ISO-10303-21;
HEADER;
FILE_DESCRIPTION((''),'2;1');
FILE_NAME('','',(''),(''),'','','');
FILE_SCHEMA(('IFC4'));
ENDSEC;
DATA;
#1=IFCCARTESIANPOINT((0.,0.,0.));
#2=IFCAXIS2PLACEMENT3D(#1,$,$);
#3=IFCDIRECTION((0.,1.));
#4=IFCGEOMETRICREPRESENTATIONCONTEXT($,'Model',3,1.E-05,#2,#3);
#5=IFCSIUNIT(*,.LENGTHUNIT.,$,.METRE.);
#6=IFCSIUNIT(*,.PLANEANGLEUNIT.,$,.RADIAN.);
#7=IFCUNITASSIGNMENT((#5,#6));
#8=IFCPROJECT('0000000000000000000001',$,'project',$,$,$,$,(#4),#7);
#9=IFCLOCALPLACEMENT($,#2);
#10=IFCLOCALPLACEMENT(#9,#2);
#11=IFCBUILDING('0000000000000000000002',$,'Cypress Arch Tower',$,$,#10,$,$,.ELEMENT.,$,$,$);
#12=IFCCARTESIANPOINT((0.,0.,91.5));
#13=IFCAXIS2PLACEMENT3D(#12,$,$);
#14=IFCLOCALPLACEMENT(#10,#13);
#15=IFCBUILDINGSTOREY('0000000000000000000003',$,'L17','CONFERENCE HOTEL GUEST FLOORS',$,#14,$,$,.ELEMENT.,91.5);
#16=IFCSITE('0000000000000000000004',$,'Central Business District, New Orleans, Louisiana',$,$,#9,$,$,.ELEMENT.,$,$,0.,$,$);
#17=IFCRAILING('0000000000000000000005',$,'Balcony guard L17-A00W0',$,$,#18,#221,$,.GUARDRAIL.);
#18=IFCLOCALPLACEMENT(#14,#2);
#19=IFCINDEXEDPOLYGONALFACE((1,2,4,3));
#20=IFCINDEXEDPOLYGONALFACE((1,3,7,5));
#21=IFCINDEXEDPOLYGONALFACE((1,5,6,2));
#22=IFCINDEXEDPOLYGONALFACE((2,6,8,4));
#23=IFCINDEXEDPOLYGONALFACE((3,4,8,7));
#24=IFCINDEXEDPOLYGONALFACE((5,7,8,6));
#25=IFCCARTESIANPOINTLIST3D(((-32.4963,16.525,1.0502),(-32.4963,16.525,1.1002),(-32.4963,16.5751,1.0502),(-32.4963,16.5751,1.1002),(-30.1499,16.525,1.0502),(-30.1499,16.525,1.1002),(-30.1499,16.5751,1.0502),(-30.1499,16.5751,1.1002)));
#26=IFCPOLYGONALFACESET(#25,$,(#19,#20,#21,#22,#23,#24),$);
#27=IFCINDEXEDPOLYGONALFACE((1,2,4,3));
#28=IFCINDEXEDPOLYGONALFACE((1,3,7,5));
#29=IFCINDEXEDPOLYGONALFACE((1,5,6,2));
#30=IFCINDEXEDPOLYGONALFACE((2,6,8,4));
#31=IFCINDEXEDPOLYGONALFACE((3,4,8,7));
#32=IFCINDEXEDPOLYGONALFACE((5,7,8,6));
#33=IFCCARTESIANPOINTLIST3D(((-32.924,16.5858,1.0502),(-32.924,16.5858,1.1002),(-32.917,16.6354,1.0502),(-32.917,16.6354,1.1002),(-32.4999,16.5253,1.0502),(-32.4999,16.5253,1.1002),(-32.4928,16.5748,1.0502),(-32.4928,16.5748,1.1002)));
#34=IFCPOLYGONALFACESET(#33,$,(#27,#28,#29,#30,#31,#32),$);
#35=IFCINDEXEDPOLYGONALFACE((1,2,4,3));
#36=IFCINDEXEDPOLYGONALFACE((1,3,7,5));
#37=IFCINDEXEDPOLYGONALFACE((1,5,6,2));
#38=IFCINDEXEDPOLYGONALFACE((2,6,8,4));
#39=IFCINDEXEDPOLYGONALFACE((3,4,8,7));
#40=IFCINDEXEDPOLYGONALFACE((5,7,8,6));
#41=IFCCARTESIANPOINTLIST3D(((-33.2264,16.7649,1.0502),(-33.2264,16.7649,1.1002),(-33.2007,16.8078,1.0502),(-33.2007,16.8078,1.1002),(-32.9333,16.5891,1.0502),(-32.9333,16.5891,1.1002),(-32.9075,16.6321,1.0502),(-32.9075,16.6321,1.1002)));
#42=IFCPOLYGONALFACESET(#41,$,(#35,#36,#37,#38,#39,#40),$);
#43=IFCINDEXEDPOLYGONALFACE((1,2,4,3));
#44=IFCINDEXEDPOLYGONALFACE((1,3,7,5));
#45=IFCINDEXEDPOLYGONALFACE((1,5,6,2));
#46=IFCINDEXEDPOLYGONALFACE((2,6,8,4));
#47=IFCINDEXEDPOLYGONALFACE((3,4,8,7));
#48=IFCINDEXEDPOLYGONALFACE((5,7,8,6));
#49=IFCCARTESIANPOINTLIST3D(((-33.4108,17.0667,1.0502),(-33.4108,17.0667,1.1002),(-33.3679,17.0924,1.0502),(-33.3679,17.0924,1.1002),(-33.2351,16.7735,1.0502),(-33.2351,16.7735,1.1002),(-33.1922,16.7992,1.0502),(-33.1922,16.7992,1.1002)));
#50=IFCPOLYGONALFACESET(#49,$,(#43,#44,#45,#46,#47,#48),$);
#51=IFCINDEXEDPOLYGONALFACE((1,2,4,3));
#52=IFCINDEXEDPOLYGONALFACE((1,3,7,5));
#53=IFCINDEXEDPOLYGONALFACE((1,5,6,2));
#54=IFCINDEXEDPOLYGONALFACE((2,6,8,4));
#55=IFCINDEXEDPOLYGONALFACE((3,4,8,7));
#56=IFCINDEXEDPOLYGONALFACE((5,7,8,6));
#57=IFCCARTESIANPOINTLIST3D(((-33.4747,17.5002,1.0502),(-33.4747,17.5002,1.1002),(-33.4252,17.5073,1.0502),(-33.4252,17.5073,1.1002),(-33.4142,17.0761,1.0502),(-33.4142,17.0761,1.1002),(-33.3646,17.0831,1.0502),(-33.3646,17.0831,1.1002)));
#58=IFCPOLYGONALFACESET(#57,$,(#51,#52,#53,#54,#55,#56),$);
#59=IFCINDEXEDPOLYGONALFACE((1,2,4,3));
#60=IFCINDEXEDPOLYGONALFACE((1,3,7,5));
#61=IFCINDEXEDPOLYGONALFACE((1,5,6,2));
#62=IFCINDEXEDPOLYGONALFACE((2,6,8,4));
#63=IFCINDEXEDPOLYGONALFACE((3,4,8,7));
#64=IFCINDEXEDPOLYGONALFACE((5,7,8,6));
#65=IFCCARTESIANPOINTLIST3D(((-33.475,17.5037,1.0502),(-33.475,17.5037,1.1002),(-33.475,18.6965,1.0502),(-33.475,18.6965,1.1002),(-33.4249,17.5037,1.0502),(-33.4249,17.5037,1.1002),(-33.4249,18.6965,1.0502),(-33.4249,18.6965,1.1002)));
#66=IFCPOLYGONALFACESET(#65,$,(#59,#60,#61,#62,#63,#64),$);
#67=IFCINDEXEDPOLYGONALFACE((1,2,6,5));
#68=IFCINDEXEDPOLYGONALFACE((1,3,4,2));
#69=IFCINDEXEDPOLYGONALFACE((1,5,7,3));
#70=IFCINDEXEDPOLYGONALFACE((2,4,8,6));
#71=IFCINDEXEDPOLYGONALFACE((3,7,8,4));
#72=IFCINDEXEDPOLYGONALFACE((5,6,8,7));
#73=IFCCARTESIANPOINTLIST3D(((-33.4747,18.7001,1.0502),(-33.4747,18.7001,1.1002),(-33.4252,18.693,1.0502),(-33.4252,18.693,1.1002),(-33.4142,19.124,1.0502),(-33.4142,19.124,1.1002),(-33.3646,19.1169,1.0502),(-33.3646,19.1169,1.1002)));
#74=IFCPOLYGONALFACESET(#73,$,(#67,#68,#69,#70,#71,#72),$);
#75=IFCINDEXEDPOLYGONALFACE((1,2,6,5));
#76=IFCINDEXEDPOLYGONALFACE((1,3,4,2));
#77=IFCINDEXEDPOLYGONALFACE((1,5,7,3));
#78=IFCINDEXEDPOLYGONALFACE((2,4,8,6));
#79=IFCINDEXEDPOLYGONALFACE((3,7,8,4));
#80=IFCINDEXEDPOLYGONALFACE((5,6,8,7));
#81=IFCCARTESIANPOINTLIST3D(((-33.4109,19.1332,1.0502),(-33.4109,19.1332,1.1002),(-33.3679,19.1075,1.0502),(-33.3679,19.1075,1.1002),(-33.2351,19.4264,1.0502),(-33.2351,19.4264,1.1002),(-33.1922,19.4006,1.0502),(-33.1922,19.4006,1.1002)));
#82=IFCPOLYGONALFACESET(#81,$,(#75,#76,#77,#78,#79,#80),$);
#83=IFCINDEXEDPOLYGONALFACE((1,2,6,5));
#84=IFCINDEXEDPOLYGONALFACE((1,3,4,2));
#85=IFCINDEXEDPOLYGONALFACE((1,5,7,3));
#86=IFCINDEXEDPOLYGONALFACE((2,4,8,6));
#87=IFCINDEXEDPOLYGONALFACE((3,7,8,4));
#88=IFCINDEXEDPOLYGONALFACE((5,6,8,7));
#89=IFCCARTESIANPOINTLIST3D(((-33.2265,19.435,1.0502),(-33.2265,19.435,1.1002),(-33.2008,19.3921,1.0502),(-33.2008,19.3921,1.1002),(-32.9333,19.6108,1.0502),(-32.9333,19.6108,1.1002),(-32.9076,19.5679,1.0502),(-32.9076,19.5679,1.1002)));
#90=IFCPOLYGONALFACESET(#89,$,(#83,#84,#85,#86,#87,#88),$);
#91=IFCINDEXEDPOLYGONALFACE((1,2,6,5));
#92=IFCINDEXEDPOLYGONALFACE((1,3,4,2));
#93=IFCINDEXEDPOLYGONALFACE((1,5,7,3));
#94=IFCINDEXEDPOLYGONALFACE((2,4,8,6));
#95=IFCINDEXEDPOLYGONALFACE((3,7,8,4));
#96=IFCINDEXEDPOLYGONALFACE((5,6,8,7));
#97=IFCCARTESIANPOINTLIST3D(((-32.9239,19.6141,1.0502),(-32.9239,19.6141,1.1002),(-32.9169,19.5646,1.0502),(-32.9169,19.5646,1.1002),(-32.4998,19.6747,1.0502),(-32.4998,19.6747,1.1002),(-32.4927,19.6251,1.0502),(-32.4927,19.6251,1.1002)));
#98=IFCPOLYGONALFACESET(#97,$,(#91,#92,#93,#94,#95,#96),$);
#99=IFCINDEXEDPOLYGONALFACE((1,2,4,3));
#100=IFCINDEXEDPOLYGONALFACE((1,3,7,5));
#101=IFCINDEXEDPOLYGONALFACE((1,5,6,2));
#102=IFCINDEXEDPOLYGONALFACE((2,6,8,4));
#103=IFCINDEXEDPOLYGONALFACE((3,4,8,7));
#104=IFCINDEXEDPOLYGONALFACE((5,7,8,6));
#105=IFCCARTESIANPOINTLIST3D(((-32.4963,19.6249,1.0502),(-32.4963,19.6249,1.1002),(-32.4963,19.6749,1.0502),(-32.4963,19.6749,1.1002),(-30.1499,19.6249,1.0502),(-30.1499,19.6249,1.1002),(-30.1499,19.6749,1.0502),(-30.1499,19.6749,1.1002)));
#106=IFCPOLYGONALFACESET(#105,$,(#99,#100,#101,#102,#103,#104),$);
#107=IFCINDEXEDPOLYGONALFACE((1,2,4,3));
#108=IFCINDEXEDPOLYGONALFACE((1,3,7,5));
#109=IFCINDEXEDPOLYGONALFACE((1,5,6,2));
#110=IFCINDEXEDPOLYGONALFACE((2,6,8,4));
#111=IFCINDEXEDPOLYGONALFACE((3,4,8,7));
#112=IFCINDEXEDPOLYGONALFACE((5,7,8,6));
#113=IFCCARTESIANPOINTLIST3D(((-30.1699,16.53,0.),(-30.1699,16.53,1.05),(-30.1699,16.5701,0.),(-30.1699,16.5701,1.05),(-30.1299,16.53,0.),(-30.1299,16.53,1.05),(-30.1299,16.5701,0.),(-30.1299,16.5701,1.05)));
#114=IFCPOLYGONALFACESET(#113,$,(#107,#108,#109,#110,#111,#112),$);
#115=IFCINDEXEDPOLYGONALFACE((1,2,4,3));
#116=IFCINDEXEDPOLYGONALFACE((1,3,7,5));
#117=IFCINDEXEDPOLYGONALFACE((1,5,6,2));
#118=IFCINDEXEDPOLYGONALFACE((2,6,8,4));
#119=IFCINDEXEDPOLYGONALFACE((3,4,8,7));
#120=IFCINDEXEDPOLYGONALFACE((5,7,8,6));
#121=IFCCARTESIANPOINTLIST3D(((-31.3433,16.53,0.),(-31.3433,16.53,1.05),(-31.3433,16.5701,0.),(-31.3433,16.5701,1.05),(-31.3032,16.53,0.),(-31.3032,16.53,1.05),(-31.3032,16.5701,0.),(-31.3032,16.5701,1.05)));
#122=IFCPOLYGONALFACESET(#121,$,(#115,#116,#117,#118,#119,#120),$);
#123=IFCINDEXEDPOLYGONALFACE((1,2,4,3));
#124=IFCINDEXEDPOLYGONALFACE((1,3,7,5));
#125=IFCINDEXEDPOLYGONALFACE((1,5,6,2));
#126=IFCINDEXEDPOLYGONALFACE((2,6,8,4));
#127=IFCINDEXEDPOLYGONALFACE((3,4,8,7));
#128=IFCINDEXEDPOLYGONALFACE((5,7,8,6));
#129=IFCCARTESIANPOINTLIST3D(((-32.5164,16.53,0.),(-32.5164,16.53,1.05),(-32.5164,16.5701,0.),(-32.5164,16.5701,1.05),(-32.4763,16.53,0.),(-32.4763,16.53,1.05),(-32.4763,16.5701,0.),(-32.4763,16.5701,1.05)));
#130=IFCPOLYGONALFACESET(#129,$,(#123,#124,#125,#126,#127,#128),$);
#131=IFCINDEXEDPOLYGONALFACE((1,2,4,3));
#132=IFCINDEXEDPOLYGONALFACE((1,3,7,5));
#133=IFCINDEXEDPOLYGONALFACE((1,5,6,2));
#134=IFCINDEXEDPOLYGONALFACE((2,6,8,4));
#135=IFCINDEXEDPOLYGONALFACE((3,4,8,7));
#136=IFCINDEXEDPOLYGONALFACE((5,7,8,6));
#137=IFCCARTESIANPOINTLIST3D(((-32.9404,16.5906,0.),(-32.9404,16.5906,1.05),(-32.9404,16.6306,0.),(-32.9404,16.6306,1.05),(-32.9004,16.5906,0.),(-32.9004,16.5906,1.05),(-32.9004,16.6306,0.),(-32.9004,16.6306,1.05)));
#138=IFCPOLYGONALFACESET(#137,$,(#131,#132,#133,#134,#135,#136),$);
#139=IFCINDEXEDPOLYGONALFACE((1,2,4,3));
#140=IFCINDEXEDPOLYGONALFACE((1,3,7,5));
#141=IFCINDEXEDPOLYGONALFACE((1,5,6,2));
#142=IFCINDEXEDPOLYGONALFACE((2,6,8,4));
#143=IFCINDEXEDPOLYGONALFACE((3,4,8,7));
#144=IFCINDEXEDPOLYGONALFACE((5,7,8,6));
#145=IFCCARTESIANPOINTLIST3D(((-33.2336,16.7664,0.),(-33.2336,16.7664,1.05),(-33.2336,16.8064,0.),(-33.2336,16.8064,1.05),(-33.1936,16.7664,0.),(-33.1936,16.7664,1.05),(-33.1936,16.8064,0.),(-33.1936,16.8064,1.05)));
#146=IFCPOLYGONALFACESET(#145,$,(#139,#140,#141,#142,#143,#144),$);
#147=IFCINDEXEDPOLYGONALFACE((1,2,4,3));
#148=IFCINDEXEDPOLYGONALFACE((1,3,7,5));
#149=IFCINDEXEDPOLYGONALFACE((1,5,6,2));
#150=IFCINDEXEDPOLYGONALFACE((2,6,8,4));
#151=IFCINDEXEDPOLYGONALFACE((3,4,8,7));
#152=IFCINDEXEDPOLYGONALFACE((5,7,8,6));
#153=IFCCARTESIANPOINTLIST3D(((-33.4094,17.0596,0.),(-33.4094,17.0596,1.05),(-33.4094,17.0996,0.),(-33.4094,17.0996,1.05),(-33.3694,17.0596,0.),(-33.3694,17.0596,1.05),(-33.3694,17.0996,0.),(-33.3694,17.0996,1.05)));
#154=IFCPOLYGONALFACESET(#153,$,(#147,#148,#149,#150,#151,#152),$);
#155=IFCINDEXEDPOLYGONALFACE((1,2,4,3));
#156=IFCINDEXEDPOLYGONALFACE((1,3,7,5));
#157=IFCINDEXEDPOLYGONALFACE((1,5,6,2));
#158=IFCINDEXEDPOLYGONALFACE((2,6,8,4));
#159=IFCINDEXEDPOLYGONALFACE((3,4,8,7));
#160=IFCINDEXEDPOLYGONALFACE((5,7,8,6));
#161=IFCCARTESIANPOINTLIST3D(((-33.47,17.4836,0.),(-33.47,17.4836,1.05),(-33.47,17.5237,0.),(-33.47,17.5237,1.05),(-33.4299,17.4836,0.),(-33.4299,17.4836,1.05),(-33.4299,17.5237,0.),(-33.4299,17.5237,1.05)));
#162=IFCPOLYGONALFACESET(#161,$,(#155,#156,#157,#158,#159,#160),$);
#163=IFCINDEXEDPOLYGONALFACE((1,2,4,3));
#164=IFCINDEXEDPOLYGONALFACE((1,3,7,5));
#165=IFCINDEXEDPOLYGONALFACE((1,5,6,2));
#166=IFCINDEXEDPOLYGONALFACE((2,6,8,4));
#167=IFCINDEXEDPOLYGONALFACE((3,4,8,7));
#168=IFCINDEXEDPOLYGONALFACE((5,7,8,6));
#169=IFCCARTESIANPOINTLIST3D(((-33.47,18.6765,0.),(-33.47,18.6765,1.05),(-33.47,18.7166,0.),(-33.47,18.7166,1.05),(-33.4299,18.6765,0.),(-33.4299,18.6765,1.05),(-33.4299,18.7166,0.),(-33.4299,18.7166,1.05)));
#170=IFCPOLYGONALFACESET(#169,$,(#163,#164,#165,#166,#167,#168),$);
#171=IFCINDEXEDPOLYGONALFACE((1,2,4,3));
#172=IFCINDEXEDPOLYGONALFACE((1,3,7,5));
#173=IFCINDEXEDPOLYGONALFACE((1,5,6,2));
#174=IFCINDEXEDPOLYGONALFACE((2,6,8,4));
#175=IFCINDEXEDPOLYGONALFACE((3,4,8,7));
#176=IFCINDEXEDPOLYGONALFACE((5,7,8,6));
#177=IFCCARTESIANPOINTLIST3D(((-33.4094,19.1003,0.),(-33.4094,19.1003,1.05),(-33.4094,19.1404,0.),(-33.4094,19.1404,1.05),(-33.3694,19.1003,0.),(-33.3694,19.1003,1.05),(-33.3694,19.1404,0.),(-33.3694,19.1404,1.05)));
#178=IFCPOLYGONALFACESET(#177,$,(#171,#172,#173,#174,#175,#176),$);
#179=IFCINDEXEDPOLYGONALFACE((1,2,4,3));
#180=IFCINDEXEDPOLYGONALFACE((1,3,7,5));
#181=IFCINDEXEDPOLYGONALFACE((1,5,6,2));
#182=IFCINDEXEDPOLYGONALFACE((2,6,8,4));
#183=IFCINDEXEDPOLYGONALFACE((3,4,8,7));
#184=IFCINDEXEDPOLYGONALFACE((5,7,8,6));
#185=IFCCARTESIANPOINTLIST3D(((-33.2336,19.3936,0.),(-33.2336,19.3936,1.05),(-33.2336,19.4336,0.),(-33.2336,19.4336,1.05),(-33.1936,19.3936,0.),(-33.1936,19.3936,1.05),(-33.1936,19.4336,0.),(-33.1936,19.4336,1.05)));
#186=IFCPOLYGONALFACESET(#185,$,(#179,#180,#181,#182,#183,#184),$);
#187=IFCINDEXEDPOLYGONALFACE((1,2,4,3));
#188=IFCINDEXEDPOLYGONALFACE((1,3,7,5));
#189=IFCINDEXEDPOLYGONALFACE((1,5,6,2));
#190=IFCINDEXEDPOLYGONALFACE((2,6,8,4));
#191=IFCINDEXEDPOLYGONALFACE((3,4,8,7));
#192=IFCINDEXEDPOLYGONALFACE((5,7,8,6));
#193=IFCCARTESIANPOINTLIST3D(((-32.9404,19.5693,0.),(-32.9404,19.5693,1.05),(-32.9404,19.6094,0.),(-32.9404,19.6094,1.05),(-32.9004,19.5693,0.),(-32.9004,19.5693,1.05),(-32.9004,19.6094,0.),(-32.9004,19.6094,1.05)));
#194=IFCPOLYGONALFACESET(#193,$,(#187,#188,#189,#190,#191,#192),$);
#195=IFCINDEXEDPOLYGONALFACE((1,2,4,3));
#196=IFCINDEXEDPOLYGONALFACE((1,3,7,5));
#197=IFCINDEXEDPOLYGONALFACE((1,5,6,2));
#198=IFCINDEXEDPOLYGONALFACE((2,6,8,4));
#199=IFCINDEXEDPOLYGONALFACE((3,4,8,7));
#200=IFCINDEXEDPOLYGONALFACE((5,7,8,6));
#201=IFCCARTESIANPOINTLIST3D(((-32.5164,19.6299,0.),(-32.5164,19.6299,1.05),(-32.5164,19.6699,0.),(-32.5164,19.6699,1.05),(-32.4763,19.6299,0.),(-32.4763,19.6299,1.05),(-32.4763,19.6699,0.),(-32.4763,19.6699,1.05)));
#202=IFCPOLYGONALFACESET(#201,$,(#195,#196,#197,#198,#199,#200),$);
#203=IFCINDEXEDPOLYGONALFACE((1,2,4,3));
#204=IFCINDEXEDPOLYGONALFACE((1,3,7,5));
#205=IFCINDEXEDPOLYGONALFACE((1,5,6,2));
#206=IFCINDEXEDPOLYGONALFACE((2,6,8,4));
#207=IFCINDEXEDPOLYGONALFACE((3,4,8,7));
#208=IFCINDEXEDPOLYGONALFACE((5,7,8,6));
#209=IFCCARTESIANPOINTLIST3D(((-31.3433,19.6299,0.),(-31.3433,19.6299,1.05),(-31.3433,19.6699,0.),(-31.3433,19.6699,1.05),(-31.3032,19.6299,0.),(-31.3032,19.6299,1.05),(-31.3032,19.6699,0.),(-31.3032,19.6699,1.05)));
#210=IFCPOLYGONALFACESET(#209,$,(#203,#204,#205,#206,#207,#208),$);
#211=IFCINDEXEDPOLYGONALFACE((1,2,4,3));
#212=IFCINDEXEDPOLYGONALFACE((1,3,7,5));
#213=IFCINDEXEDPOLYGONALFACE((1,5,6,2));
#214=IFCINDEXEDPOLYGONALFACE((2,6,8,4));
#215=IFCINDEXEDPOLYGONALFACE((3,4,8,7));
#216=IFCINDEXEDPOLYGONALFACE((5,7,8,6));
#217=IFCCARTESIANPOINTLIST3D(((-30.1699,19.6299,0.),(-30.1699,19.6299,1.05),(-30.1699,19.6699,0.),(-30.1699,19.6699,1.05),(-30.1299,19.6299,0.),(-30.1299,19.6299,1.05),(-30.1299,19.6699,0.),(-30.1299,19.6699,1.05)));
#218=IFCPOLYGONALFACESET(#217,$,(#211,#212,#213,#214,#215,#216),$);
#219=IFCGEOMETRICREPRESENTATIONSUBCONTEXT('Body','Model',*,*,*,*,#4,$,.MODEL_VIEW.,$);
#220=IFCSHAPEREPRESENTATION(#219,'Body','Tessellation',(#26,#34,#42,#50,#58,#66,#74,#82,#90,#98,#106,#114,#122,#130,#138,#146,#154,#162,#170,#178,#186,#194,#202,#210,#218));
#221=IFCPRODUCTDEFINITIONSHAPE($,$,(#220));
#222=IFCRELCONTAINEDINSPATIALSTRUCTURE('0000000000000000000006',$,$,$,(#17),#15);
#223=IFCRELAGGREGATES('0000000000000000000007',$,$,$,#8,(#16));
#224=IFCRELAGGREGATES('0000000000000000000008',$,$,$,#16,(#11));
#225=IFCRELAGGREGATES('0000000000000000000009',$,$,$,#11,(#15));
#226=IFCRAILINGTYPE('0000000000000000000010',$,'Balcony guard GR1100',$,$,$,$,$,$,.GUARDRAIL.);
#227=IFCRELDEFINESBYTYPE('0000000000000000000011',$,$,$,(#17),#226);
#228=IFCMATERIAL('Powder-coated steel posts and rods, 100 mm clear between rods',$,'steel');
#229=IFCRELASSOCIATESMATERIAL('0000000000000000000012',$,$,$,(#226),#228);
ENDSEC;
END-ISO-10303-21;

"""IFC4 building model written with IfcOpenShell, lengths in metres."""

from ifc_helpers import new_model, si_unit, direction, frame, origin, origin_2d, place, context, subcontext, project, spatial, rectangle, extrude, material, type_object, element, save


model = new_model("IFC4")

# Units and contexts
model_context = context("Model", 3, precision=1e-05, world=origin(), true_north=direction((0.0, 1.0)))
body_context = subcontext(model_context, "Body", "Model", "MODEL_VIEW")
ifc_project = project(units=[si_unit("LENGTHUNIT", "METRE"), si_unit("PLANEANGLEUNIT", "RADIAN")], contexts=[model_context])

# Site, building, storey
site_placement = place(None, origin())
site = spatial("IfcSite", under=ifc_project, at=site_placement, Name="Central Business District, New Orleans, Louisiana", CompositionType="ELEMENT", RefElevation=0.0)
building_placement = place(site_placement, origin())
building = spatial("IfcBuilding", under=site, at=building_placement, Name="Cypress Arch Tower", CompositionType="ELEMENT")
storey_placement = place(building_placement, frame((0.0, 0.0, 91.5)))
storey = spatial("IfcBuildingStorey", under=building, at=storey_placement, Name="L17", Description="CONFERENCE HOTEL GUEST FLOORS", CompositionType="ELEMENT", Elevation=91.5)

# Railing
ifc_material_1 = material(Name="Powder-coated steel posts and rods, 100 mm clear between rods", Category="steel")
railing_type_1 = type_object("IfcRailingType", Name="Balcony guard GR1100", PredefinedType="GUARDRAIL", material=ifc_material_1)
railing_1_placement = place(storey_placement, frame((-30.1499, 16.55, 0.0)))
element("IfcRailing", 1, at=railing_1_placement, inside=storey, type_object=railing_type_1, Name="Balcony guard L17-A00W0", PredefinedType="GUARDRAIL", context=body_context, shape_type="SweptSolid", body=[
    extrude(rectangle(XDim=0.05, YDim=0.05, at=origin_2d()), frame((0.0, 0.0, 1.0752), z_axis=(-1.0, 0.0, 0.0), x_axis=(0.0, -1.0, 0.0)), (0.0, 0.0, 1.0), 2.3464),
    extrude(rectangle(XDim=0.05, YDim=0.05, at=origin_2d()), frame((-2.3464, 0.0, 1.0752), z_axis=(-0.989961, 0.141342, 0.0), x_axis=(-0.141342, -0.989961, 0.0)), (0.0, 0.0, 1.0), 0.4285),
    extrude(rectangle(XDim=0.05, YDim=0.05, at=origin_2d()), frame((-2.7705, 0.0605, 1.0752), z_axis=(-0.857682, 0.514181, 0.0), x_axis=(-0.514181, -0.857682, 0.0)), (0.0, 0.0, 1.0), 0.3418),
    extrude(rectangle(XDim=0.05, YDim=0.05, at=origin_2d()), frame((-3.0637, 0.2363, 1.0752), z_axis=(-0.514181, 0.857682, 0.0), x_axis=(-0.857682, -0.514181, 0.0)), (0.0, 0.0, 1.0), 0.3418),
    extrude(rectangle(XDim=0.05, YDim=0.05, at=origin_2d()), frame((-3.2395, 0.5295, 1.0752), z_axis=(-0.141342, 0.989961, 0.0), x_axis=(-0.989961, -0.141342, 0.0)), (0.0, 0.0, 1.0), 0.4285),
    extrude(rectangle(XDim=0.05, YDim=0.05, at=origin_2d()), frame((-3.3, 0.9536, 1.0752), z_axis=(0.0, 1.0, 0.0), x_axis=(-1.0, 0.0, 0.0)), (0.0, 0.0, 1.0), 1.1929),
    extrude(rectangle(XDim=0.05, YDim=0.05, at=origin_2d()), frame((-3.3, 2.1465, 1.0752), z_axis=(0.141421, 0.989949, 0.0), x_axis=(-0.989949, 0.141421, 0.0)), (0.0, 0.0, 1.0), 0.4282),
    extrude(rectangle(XDim=0.05, YDim=0.05, at=origin_2d()), frame((-3.2395, 2.5703, 1.0752), z_axis=(0.514181, 0.857682, 0.0), x_axis=(-0.857682, 0.514181, 0.0)), (0.0, 0.0, 1.0), 0.3418),
    extrude(rectangle(XDim=0.05, YDim=0.05, at=origin_2d()), frame((-3.0637, 2.8635, 1.0752), z_axis=(0.857682, 0.514181, 0.0), x_axis=(-0.514181, 0.857682, 0.0)), (0.0, 0.0, 1.0), 0.3418),
    extrude(rectangle(XDim=0.05, YDim=0.05, at=origin_2d()), frame((-2.7705, 3.0393, 1.0752), z_axis=(0.989961, 0.141342, 0.0), x_axis=(-0.141342, 0.989961, 0.0)), (0.0, 0.0, 1.0), 0.4285),
    extrude(rectangle(XDim=0.05, YDim=0.05, at=origin_2d()), frame((-2.3464, 3.0999, 1.0752), z_axis=(1.0, 0.0, 0.0), x_axis=(0.0, 1.0, 0.0)), (0.0, 0.0, 1.0), 2.3464),
    extrude(rectangle(XDim=0.04, YDim=0.04, at=origin_2d()), origin(), (0.0, 0.0, 1.0), 1.05),
    extrude(rectangle(XDim=0.04, YDim=0.04, at=origin_2d()), frame((-1.1733, 0.0, 0.0)), (0.0, 0.0, 1.0), 1.05),
    extrude(rectangle(XDim=0.04, YDim=0.04, at=origin_2d()), frame((-2.3464, 0.0, 0.0)), (0.0, 0.0, 1.0), 1.05),
    extrude(rectangle(XDim=0.04, YDim=0.04, at=origin_2d()), frame((-2.7705, 0.0605, 0.0)), (0.0, 0.0, 1.0), 1.05),
    extrude(rectangle(XDim=0.04, YDim=0.04, at=origin_2d()), frame((-3.0637, 0.2363, 0.0)), (0.0, 0.0, 1.0), 1.05),
    extrude(rectangle(XDim=0.04, YDim=0.04, at=origin_2d()), frame((-3.2395, 0.5295, 0.0)), (0.0, 0.0, 1.0), 1.05),
    extrude(rectangle(XDim=0.04, YDim=0.04, at=origin_2d()), frame((-3.3, 0.9536, 0.0)), (0.0, 0.0, 1.0), 1.05),
    extrude(rectangle(XDim=0.04, YDim=0.04, at=origin_2d()), frame((-3.3, 2.1465, 0.0)), (0.0, 0.0, 1.0), 1.05),
    extrude(rectangle(XDim=0.04, YDim=0.04, at=origin_2d()), frame((-3.2395, 2.5703, 0.0)), (0.0, 0.0, 1.0), 1.05),
    extrude(rectangle(XDim=0.04, YDim=0.04, at=origin_2d()), frame((-3.0637, 2.8635, 0.0)), (0.0, 0.0, 1.0), 1.05),
    extrude(rectangle(XDim=0.04, YDim=0.04, at=origin_2d()), frame((-2.7705, 3.0393, 0.0)), (0.0, 0.0, 1.0), 1.05),
    extrude(rectangle(XDim=0.04, YDim=0.04, at=origin_2d()), frame((-2.3464, 3.0999, 0.0)), (0.0, 0.0, 1.0), 1.05),
    extrude(rectangle(XDim=0.04, YDim=0.04, at=origin_2d()), frame((-1.1733, 3.0999, 0.0)), (0.0, 0.0, 1.0), 1.05),
    extrude(rectangle(XDim=0.04, YDim=0.04, at=origin_2d()), frame((0.0, 3.0999, 0.0)), (0.0, 0.0, 1.0), 1.05),
])

save(model, "model.ifc")
